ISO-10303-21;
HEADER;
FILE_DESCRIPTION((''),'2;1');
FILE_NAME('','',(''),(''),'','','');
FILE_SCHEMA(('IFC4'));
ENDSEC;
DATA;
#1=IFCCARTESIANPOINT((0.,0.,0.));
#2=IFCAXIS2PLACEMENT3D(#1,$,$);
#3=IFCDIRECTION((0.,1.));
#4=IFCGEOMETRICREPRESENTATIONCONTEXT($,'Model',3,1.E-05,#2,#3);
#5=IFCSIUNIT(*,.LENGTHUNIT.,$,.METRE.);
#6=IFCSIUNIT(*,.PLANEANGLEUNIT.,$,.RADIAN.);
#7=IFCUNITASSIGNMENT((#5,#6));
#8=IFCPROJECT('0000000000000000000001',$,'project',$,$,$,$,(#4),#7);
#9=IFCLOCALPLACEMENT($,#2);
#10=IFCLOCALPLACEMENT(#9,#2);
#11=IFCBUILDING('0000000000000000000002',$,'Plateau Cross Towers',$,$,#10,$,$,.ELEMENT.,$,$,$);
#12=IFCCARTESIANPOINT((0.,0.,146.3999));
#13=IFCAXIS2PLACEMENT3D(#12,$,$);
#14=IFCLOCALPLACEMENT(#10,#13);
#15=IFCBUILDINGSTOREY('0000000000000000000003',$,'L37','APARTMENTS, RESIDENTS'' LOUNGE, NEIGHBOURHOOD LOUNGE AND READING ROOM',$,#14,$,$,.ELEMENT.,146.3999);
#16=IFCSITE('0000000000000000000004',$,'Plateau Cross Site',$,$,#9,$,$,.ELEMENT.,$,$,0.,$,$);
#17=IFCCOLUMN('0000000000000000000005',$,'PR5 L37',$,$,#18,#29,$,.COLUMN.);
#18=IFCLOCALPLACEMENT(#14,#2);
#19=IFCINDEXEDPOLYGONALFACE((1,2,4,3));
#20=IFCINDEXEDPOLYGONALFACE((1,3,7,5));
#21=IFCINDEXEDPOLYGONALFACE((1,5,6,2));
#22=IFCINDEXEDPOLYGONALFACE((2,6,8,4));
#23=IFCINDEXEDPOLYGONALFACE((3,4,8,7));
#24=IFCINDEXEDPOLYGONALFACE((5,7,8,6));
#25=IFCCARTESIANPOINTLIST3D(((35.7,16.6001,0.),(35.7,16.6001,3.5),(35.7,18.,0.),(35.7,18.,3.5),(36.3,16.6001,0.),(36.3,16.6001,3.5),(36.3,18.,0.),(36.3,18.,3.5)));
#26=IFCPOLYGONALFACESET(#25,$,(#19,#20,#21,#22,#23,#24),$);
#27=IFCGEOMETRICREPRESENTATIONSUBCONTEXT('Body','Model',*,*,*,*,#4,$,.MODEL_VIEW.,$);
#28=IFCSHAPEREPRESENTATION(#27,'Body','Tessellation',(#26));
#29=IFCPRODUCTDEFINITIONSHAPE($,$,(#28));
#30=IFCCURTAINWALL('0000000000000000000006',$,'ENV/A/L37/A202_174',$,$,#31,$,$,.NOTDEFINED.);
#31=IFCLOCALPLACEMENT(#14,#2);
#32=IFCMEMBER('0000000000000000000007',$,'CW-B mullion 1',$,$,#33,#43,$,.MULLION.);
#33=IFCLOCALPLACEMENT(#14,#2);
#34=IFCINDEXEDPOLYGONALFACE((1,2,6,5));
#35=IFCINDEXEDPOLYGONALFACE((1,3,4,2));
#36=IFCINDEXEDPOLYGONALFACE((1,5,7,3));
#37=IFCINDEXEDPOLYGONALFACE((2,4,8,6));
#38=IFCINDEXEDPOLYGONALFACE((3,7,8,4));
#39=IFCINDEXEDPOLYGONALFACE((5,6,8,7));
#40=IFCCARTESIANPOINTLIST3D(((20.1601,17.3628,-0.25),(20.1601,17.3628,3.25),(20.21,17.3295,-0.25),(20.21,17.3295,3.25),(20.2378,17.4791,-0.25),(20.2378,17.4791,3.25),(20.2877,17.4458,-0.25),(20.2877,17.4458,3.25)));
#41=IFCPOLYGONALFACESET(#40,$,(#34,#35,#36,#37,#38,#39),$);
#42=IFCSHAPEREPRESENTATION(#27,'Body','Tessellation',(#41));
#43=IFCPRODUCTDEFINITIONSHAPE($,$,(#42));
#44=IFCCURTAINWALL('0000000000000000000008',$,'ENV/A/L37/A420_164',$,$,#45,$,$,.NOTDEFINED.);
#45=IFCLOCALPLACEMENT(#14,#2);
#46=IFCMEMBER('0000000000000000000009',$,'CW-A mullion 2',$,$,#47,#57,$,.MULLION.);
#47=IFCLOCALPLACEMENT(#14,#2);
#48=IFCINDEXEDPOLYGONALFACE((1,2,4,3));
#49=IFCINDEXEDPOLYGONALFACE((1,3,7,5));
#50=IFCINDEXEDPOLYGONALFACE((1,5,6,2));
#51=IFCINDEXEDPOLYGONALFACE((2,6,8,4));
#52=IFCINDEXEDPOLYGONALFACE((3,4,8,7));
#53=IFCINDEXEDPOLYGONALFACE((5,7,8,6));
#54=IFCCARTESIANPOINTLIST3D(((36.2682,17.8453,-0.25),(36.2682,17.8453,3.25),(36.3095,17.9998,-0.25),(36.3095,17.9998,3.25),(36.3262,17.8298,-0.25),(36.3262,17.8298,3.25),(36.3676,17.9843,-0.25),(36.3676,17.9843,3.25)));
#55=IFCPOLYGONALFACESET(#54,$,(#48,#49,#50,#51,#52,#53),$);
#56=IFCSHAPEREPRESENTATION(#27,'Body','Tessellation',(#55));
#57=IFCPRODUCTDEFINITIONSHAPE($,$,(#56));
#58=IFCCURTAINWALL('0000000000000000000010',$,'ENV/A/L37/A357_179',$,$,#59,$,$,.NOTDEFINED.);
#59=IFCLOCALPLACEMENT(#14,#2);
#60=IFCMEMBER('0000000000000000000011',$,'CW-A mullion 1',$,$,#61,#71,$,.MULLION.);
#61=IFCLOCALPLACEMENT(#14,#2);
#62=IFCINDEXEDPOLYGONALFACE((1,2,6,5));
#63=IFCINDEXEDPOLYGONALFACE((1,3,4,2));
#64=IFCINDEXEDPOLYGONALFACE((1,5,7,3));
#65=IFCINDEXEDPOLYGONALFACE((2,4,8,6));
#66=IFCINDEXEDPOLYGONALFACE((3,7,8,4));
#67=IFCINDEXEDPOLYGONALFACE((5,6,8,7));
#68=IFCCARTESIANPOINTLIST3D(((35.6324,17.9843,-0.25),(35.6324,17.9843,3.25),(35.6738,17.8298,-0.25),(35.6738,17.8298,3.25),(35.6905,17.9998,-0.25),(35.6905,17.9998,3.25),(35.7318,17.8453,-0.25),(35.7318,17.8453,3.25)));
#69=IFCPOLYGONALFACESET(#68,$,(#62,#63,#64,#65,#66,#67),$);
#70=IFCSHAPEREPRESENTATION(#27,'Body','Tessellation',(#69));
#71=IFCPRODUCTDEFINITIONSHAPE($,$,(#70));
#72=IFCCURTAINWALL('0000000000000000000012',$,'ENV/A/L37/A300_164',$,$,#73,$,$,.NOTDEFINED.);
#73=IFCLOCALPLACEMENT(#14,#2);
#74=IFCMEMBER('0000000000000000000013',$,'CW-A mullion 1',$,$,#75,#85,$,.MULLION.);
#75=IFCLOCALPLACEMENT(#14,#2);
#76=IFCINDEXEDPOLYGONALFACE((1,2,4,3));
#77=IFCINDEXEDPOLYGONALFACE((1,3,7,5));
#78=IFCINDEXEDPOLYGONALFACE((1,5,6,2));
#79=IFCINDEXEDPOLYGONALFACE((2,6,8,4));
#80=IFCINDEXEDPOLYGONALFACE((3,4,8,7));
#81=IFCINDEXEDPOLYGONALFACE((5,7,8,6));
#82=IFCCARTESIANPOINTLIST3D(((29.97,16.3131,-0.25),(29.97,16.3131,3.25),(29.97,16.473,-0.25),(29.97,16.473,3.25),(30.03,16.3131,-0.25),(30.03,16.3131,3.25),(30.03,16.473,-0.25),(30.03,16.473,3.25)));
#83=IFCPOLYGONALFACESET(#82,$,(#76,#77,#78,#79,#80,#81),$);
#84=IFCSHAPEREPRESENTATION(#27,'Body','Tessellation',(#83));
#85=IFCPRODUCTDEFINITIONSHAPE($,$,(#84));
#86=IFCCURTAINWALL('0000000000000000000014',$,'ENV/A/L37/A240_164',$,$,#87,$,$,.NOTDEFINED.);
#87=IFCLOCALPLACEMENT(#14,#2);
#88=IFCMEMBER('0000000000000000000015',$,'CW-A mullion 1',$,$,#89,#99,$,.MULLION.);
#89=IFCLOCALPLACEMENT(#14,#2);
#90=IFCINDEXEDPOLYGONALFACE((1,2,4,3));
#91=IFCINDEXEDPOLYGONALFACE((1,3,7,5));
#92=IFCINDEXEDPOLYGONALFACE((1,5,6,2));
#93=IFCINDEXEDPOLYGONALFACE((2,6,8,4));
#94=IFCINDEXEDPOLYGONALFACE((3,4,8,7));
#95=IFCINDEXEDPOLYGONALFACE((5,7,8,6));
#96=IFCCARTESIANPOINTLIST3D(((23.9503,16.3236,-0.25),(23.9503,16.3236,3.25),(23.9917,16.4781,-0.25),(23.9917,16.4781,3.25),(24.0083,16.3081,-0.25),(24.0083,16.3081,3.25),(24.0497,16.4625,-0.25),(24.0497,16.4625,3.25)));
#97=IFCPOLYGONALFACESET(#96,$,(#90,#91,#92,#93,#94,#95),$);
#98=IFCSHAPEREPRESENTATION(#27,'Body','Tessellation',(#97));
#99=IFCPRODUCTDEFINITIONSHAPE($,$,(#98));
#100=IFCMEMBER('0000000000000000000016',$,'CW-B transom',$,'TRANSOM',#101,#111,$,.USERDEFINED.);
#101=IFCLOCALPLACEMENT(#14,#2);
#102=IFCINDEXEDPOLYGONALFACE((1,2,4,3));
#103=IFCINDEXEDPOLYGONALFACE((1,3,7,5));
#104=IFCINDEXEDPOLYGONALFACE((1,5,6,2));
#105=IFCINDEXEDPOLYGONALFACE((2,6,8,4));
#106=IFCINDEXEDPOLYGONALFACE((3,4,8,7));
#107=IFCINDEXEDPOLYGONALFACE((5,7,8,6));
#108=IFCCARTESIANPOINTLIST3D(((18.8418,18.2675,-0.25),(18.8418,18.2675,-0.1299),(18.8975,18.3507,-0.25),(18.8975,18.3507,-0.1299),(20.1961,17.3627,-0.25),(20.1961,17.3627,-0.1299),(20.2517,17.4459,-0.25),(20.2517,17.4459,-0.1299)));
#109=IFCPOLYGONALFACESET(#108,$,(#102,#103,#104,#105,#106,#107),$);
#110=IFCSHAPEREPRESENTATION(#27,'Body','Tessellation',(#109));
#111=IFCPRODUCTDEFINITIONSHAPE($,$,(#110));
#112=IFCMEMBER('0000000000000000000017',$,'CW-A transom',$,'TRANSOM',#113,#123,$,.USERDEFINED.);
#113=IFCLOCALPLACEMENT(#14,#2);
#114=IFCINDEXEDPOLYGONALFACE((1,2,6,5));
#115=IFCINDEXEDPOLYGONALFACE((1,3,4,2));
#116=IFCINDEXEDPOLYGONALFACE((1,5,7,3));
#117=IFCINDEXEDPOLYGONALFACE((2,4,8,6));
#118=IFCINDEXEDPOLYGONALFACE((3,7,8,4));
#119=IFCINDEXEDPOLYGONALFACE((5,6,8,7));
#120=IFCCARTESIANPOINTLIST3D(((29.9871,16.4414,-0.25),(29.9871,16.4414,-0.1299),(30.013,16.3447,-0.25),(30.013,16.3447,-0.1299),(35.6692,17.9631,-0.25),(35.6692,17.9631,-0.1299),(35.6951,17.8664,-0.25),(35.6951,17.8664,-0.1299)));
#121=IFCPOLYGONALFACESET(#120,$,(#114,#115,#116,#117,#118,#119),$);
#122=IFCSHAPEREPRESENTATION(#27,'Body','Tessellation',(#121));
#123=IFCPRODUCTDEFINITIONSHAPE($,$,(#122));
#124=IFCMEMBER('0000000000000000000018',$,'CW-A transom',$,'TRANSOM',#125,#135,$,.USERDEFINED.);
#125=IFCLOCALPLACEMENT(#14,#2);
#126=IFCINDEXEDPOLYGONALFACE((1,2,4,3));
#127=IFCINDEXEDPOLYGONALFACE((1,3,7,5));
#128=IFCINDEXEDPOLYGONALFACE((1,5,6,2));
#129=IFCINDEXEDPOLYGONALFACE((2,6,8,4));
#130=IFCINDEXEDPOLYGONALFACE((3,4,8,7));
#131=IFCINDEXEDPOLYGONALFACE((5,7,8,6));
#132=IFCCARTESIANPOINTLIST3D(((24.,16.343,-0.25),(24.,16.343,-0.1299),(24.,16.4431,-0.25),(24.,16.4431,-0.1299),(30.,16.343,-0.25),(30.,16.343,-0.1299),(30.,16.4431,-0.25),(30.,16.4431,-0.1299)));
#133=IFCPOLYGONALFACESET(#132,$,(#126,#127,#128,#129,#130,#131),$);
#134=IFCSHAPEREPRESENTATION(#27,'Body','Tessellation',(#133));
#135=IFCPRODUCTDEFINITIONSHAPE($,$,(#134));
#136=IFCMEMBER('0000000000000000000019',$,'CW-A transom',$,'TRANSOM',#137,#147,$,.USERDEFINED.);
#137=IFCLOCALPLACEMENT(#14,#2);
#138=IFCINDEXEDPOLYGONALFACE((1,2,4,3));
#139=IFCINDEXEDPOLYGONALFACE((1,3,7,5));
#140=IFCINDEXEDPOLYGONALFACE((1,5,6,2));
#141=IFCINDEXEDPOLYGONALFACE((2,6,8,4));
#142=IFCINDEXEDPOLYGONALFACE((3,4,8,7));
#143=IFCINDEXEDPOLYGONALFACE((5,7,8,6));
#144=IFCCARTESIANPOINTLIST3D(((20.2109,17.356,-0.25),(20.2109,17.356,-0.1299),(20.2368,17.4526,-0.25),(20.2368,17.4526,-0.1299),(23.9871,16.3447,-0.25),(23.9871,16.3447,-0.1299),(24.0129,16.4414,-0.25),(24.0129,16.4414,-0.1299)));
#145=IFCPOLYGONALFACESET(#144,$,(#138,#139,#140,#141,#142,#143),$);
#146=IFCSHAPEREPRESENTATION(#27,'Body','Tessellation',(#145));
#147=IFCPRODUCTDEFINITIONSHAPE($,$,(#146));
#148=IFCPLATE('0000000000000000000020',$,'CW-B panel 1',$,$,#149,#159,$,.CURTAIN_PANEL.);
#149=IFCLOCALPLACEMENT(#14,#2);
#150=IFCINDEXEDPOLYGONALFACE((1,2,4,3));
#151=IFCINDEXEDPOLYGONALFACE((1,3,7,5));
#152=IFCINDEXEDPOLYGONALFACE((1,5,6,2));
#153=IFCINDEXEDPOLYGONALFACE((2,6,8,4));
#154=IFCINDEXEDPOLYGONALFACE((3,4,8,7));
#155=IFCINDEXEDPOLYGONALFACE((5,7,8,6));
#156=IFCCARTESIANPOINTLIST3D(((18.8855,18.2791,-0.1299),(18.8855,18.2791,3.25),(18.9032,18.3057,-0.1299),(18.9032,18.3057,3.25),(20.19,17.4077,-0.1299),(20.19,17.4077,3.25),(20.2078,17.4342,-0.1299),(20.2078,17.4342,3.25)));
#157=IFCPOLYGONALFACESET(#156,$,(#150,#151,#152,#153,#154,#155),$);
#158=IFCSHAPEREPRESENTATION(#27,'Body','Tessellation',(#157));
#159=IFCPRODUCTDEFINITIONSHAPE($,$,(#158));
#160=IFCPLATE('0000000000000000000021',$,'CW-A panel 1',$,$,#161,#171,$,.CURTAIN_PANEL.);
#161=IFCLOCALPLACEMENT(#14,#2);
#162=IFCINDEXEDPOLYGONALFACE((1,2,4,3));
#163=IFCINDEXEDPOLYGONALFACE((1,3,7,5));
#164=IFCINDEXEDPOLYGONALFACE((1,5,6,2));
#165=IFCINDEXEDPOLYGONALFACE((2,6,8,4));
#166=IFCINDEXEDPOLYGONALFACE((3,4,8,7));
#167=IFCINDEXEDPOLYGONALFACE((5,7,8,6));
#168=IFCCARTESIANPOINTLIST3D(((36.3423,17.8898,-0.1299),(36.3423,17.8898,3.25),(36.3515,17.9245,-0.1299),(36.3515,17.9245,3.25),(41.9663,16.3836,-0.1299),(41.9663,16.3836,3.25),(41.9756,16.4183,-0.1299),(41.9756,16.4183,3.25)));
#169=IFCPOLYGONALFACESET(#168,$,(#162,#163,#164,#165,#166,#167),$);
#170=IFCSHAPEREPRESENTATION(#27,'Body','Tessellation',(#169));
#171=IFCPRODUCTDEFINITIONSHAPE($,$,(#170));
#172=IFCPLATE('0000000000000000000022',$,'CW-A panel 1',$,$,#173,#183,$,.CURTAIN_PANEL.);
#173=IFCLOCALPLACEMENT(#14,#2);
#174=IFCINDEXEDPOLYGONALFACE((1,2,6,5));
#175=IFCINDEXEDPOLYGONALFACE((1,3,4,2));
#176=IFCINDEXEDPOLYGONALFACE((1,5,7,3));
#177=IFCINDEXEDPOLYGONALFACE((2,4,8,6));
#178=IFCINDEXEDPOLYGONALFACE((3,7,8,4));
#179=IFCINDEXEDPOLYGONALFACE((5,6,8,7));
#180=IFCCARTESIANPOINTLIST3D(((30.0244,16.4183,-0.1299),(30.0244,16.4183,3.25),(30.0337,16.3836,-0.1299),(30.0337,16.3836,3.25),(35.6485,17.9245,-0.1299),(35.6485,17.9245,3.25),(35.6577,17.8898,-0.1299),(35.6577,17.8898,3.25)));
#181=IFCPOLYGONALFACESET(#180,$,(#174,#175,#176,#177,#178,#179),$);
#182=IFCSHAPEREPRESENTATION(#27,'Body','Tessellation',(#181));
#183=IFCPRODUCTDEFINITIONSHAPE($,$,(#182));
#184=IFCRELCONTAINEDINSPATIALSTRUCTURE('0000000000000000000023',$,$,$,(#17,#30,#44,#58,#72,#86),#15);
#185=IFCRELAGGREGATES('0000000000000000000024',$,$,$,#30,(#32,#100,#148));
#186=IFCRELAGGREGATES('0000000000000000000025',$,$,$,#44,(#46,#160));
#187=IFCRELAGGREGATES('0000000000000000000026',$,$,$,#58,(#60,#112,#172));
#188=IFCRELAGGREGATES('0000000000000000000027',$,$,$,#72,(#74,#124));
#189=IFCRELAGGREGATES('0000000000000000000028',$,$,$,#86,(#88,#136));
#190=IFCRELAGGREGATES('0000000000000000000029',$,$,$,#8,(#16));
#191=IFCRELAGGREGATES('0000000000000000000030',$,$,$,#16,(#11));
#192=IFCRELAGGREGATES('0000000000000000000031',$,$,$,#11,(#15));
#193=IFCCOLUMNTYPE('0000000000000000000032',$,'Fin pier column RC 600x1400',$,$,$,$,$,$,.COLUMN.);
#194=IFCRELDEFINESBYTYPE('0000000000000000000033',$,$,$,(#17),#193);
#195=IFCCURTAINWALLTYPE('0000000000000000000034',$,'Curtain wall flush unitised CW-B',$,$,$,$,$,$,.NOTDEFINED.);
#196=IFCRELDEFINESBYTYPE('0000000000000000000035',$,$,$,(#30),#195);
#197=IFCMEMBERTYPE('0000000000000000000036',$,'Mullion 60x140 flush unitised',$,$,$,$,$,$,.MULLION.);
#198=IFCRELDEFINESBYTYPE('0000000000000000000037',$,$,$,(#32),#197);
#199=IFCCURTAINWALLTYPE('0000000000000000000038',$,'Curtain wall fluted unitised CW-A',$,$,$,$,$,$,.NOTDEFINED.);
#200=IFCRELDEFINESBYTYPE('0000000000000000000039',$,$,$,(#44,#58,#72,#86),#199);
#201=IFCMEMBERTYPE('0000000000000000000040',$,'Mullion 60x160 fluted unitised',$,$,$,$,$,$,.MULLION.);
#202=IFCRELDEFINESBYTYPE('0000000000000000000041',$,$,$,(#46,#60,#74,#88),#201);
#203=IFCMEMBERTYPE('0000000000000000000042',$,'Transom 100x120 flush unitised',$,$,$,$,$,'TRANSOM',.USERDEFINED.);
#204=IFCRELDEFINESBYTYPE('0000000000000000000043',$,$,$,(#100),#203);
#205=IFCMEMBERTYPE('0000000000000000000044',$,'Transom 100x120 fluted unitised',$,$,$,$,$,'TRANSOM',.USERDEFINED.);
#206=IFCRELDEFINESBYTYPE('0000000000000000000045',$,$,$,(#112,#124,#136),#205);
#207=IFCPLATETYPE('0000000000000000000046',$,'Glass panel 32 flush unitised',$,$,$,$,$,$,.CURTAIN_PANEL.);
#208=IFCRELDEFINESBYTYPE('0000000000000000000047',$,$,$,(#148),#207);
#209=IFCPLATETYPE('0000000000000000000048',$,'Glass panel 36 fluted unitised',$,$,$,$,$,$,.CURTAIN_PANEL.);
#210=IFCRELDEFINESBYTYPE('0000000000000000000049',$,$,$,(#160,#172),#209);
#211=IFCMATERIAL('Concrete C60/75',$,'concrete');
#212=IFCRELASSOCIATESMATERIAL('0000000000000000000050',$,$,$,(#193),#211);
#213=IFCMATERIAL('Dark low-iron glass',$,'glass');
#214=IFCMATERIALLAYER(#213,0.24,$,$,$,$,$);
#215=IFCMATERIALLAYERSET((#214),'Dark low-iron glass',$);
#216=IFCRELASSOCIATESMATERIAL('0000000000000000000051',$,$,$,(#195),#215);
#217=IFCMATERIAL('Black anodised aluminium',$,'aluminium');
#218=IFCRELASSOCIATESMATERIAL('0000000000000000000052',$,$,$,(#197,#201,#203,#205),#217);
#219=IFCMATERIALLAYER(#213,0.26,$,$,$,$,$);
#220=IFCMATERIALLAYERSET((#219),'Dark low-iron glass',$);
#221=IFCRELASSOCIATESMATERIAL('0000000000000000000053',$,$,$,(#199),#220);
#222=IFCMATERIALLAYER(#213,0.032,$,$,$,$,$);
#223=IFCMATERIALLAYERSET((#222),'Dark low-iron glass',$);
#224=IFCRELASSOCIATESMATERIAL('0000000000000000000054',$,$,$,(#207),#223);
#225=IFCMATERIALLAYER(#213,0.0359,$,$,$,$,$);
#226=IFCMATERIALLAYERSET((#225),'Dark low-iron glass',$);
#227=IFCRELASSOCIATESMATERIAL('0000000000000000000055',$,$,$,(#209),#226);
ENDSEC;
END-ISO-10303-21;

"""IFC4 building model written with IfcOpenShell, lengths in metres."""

from ifc_helpers import new_model, si_unit, direction, frame, origin, origin_2d, place, context, subcontext, project, spatial, rectangle, extrude, material, layer, layer_set, material_profile, profile_set, type_object, element, aggregate, save


model = new_model("IFC4")

# Units and contexts
model_context = context("Model", 3, precision=1e-05, world=origin(), true_north=direction((0.0, 1.0)))
body_context = subcontext(model_context, "Body", "Model", "MODEL_VIEW")
ifc_project = project(units=[si_unit("LENGTHUNIT", "METRE"), si_unit("PLANEANGLEUNIT", "RADIAN")], contexts=[model_context])

# Site, building, storey
site_placement = place(None, origin())
site = spatial("IfcSite", under=ifc_project, at=site_placement, Name="Plateau Cross Site", CompositionType="ELEMENT", RefElevation=0.0)
building_placement = place(site_placement, origin())
building = spatial("IfcBuilding", under=site, at=building_placement, Name="Plateau Cross Towers", CompositionType="ELEMENT")
storey_placement = place(building_placement, frame((0.0, 0.0, 146.3999)))
storey = spatial("IfcBuildingStorey", under=building, at=storey_placement, Name="L37", Description="APARTMENTS, RESIDENTS' LOUNGE, NEIGHBOURHOOD LOUNGE AND READING ROOM", CompositionType="ELEMENT", Elevation=146.3999)

# Column
ifc_material_1 = material(Name="Concrete C60/75", Category="concrete")
ifc_material_profile_1 = material_profile(ifc_material_1, rectangle(XDim=0.6001, YDim=1.3999, at=origin_2d()), Name="RC 600x1400")
ifc_profile_set_1 = profile_set([ifc_material_profile_1], Name="Concrete C60/75")
column_type = type_object("IfcColumnType", Name="Fin pier column RC 600x1400", PredefinedType="COLUMN", material=ifc_profile_set_1)
column_placement = place(storey_placement, frame((36.0, 17.3, 0.0), z_axis=(0.0, 0.0, 1.0), x_axis=(1.0, 0.0, 0.0)))
element("IfcColumn", 1, at=column_placement, inside=storey, type_object=column_type, Name="PR5 L37", PredefinedType="COLUMN", context=body_context, shape_type="SweptSolid", body=[
    extrude(rectangle(XDim=0.6001, YDim=1.3999, at=origin_2d()), origin(), (0.0, 0.0, 1.0), 3.5),
])

# Curtain walls, members
ifc_material_2 = material(Name="Dark low-iron glass", Category="glass")
ifc_layer_1 = layer(ifc_material_2, 0.24)
ifc_layer_set_1 = layer_set([ifc_layer_1], Name="Dark low-iron glass")
curtain_wall_type_1 = type_object("IfcCurtainWallType", Name="Curtain wall flush unitised CW-B", PredefinedType="NOTDEFINED", material=ifc_layer_set_1)
curtain_wall_1_placement = place(storey_placement, origin())
curtain_wall_1 = element("IfcCurtainWall", 2, at=curtain_wall_1_placement, inside=storey, type_object=curtain_wall_type_1, Name="ENV/A/L37/A202_174", PredefinedType="NOTDEFINED")
ifc_material_3 = material(Name="Black anodised aluminium", Category="aluminium")
ifc_material_profile_2 = material_profile(ifc_material_3, rectangle(XDim=0.0601, YDim=0.1399, at=origin_2d()), Name="MULLION 60x140")
ifc_profile_set_2 = profile_set([ifc_material_profile_2], Name="Black anodised aluminium")
member_type_1 = type_object("IfcMemberType", Name="Mullion 60x140 flush unitised", PredefinedType="MULLION", material=ifc_profile_set_2)
member_1_placement = place(storey_placement, frame((20.2239, 17.4043, -0.25), z_axis=(0.0, 0.0, 1.0), x_axis=(-0.831521, 0.555493, 0.0)))
member_1 = element("IfcMember", 3, at=member_1_placement, type_object=member_type_1, Name="CW-B mullion 1", PredefinedType="MULLION", context=body_context, shape_type="SweptSolid", body=[
    extrude(rectangle(XDim=0.0601, YDim=0.1399, at=origin_2d()), origin(), (0.0, 0.0, 1.0), 3.5),
])
ifc_layer_2 = layer(ifc_material_2, 0.26)
ifc_layer_set_2 = layer_set([ifc_layer_2], Name="Dark low-iron glass")
curtain_wall_type_2 = type_object("IfcCurtainWallType", Name="Curtain wall fluted unitised CW-A", PredefinedType="NOTDEFINED", material=ifc_layer_set_2)
curtain_wall_2_placement = place(storey_placement, origin())
curtain_wall_2 = element("IfcCurtainWall", 4, at=curtain_wall_2_placement, inside=storey, type_object=curtain_wall_type_2, Name="ENV/A/L37/A420_164", PredefinedType="NOTDEFINED")
ifc_material_profile_3 = material_profile(ifc_material_3, rectangle(XDim=0.0601, YDim=0.1599, at=origin_2d()), Name="MULLION 60x160")
ifc_profile_set_3 = profile_set([ifc_material_profile_3], Name="Black anodised aluminium")
member_type_2 = type_object("IfcMemberType", Name="Mullion 60x160 fluted unitised", PredefinedType="MULLION", material=ifc_profile_set_3)
member_2_placement = place(storey_placement, frame((36.3179, 17.9148, -0.25), z_axis=(0.0, 0.0, 1.0), x_axis=(-0.965958, 0.258699, 0.0)))
member_2 = element("IfcMember", 5, at=member_2_placement, type_object=member_type_2, Name="CW-A mullion 2", PredefinedType="MULLION", context=body_context, shape_type="SweptSolid", body=[
    extrude(rectangle(XDim=0.0601, YDim=0.1599, at=origin_2d()), origin(), (0.0, 0.0, 1.0), 3.5),
])
curtain_wall_3_placement = place(storey_placement, origin())
curtain_wall_3 = element("IfcCurtainWall", 6, at=curtain_wall_3_placement, inside=storey, type_object=curtain_wall_type_2, Name="ENV/A/L37/A357_179", PredefinedType="NOTDEFINED")
member_3_placement = place(storey_placement, frame((35.6821, 17.9148, -0.25), z_axis=(0.0, 0.0, 1.0), x_axis=(-0.965958, -0.258699, 0.0)))
member_3 = element("IfcMember", 7, at=member_3_placement, type_object=member_type_2, Name="CW-A mullion 1", PredefinedType="MULLION", context=body_context, shape_type="SweptSolid", body=[
    extrude(rectangle(XDim=0.0601, YDim=0.1599, at=origin_2d()), origin(), (0.0, 0.0, 1.0), 3.5),
])
curtain_wall_4_placement = place(storey_placement, origin())
curtain_wall_4 = element("IfcCurtainWall", 8, at=curtain_wall_4_placement, inside=storey, type_object=curtain_wall_type_2, Name="ENV/A/L37/A300_164", PredefinedType="NOTDEFINED")
member_4_placement = place(storey_placement, frame((30.0, 16.3931, -0.25), z_axis=(0.0, 0.0, 1.0), x_axis=(-1.0, 0.0, 0.0)))
member_4 = element("IfcMember", 9, at=member_4_placement, type_object=member_type_2, Name="CW-A mullion 1", PredefinedType="MULLION", context=body_context, shape_type="SweptSolid", body=[
    extrude(rectangle(XDim=0.0601, YDim=0.1599, at=origin_2d()), origin(), (0.0, 0.0, 1.0), 3.5),
])
curtain_wall_5_placement = place(storey_placement, origin())
curtain_wall_5 = element("IfcCurtainWall", 10, at=curtain_wall_5_placement, inside=storey, type_object=curtain_wall_type_2, Name="ENV/A/L37/A240_164", PredefinedType="NOTDEFINED")
member_5_placement = place(storey_placement, frame((24.0, 16.3931, -0.25), z_axis=(0.0, 0.0, 1.0), x_axis=(-0.965958, 0.258699, 0.0)))
member_5 = element("IfcMember", 11, at=member_5_placement, type_object=member_type_2, Name="CW-A mullion 1", PredefinedType="MULLION", context=body_context, shape_type="SweptSolid", body=[
    extrude(rectangle(XDim=0.0601, YDim=0.1599, at=origin_2d()), origin(), (0.0, 0.0, 1.0), 3.5),
])

# Members
ifc_material_profile_4 = material_profile(ifc_material_3, rectangle(XDim=0.1001, YDim=0.1201, at=origin_2d()), Name="TRANSOM 100x120")
ifc_profile_set_4 = profile_set([ifc_material_profile_4], Name="Black anodised aluminium")
member_type_3 = type_object("IfcMemberType", Name="Transom 100x120 flush unitised", ElementType="TRANSOM", PredefinedType="USERDEFINED", material=ifc_profile_set_4)
member_6_placement = place(storey_placement, frame((20.2239, 17.4043, -0.1899), z_axis=(-0.831496, 0.55553, 0.0), x_axis=(-0.55553, -0.831496, 0.0)))
member_6 = element("IfcMember", 12, at=member_6_placement, type_object=member_type_3, Name="CW-B transom", ObjectType="TRANSOM", PredefinedType="USERDEFINED", context=body_context, shape_type="SweptSolid", body=[
    extrude(rectangle(XDim=0.1001, YDim=0.1201, at=origin_2d()), origin(), (0.0, 0.0, 1.0), 1.6287),
])
ifc_material_profile_5 = material_profile(ifc_material_3, rectangle(XDim=0.1001, YDim=0.1201, at=origin_2d()), Name="TRANSOM 100x120")
ifc_profile_set_5 = profile_set([ifc_material_profile_5], Name="Black anodised aluminium")
member_type_4 = type_object("IfcMemberType", Name="Transom 100x120 fluted unitised", ElementType="TRANSOM", PredefinedType="USERDEFINED", material=ifc_profile_set_5)
member_7_placement = place(storey_placement, frame((35.6821, 17.9148, -0.1899), z_axis=(-0.96596, -0.258693, 0.0), x_axis=(0.258693, -0.96596, 0.0)))
member_7 = element("IfcMember", 13, at=member_7_placement, type_object=member_type_4, Name="CW-A transom", ObjectType="TRANSOM", PredefinedType="USERDEFINED", context=body_context, shape_type="SweptSolid", body=[
    extrude(rectangle(XDim=0.1001, YDim=0.1201, at=origin_2d()), origin(), (0.0, 0.0, 1.0), 5.8823),
])
member_8_placement = place(storey_placement, frame((30.0, 16.3931, -0.1899), z_axis=(-1.0, 0.0, 0.0), x_axis=(0.0, -1.0, 0.0)))
member_8 = element("IfcMember", 14, at=member_8_placement, type_object=member_type_4, Name="CW-A transom", ObjectType="TRANSOM", PredefinedType="USERDEFINED", context=body_context, shape_type="SweptSolid", body=[
    extrude(rectangle(XDim=0.1001, YDim=0.1201, at=origin_2d()), origin(), (0.0, 0.0, 1.0), 6.0),
])
member_9_placement = place(storey_placement, frame((24.0, 16.3931, -0.1899), z_axis=(-0.965963, 0.258681, 0.0), x_axis=(-0.258681, -0.965963, 0.0)))
member_9 = element("IfcMember", 15, at=member_9_placement, type_object=member_type_4, Name="CW-A transom", ObjectType="TRANSOM", PredefinedType="USERDEFINED", context=body_context, shape_type="SweptSolid", body=[
    extrude(rectangle(XDim=0.1001, YDim=0.1201, at=origin_2d()), origin(), (0.0, 0.0, 1.0), 3.9092),
])

# Plates
ifc_layer_3 = layer(ifc_material_2, 0.032)
ifc_layer_set_3 = layer_set([ifc_layer_3], Name="Dark low-iron glass")
plate_type_1 = type_object("IfcPlateType", Name="Glass panel 32 flush unitised", PredefinedType="CURTAIN_PANEL", material=ifc_layer_set_3)
plate_1_placement = place(storey_placement, frame((19.5466, 17.8567, -0.1299), z_axis=(0.0, 0.0, 1.0), x_axis=(-0.831521, 0.555493, 0.0)))
plate_1 = element("IfcPlate", 16, at=plate_1_placement, type_object=plate_type_1, Name="CW-B panel 1", PredefinedType="CURTAIN_PANEL", context=body_context, shape_type="SweptSolid", body=[
    extrude(rectangle(XDim=1.5688, YDim=0.032, at=origin_2d()), origin(), (0.0, 0.0, 1.0), 3.3799),
])
aggregate(curtain_wall_1, [member_1, member_6, plate_1])
ifc_layer_4 = layer(ifc_material_2, 0.0359)
ifc_layer_set_4 = layer_set([ifc_layer_4], Name="Dark low-iron glass")
plate_type_2 = type_object("IfcPlateType", Name="Glass panel 36 fluted unitised", PredefinedType="CURTAIN_PANEL", material=ifc_layer_set_4)
plate_2_placement = place(storey_placement, frame((39.1589, 17.1541, -0.1299), z_axis=(0.0, 0.0, 1.0), x_axis=(-0.965958, 0.258699, 0.0)))
plate_2 = element("IfcPlate", 17, at=plate_2_placement, type_object=plate_type_2, Name="CW-A panel 1", PredefinedType="CURTAIN_PANEL", context=body_context, shape_type="SweptSolid", body=[
    extrude(rectangle(XDim=5.8223, YDim=0.0359, at=origin_2d()), origin(), (0.0, 0.0, 1.0), 3.3799),
])
aggregate(curtain_wall_2, [member_2, plate_2])
plate_3_placement = place(storey_placement, frame((32.8411, 17.1541, -0.1299), z_axis=(0.0, 0.0, 1.0), x_axis=(-0.965958, -0.258699, 0.0)))
plate_3 = element("IfcPlate", 18, at=plate_3_placement, type_object=plate_type_2, Name="CW-A panel 1", PredefinedType="CURTAIN_PANEL", context=body_context, shape_type="SweptSolid", body=[
    extrude(rectangle(XDim=5.8223, YDim=0.0359, at=origin_2d()), origin(), (0.0, 0.0, 1.0), 3.3799),
])
aggregate(curtain_wall_3, [member_3, member_7, plate_3])
aggregate(curtain_wall_4, [member_4, member_8])
aggregate(curtain_wall_5, [member_5, member_9])

save(model, "model.ifc")
